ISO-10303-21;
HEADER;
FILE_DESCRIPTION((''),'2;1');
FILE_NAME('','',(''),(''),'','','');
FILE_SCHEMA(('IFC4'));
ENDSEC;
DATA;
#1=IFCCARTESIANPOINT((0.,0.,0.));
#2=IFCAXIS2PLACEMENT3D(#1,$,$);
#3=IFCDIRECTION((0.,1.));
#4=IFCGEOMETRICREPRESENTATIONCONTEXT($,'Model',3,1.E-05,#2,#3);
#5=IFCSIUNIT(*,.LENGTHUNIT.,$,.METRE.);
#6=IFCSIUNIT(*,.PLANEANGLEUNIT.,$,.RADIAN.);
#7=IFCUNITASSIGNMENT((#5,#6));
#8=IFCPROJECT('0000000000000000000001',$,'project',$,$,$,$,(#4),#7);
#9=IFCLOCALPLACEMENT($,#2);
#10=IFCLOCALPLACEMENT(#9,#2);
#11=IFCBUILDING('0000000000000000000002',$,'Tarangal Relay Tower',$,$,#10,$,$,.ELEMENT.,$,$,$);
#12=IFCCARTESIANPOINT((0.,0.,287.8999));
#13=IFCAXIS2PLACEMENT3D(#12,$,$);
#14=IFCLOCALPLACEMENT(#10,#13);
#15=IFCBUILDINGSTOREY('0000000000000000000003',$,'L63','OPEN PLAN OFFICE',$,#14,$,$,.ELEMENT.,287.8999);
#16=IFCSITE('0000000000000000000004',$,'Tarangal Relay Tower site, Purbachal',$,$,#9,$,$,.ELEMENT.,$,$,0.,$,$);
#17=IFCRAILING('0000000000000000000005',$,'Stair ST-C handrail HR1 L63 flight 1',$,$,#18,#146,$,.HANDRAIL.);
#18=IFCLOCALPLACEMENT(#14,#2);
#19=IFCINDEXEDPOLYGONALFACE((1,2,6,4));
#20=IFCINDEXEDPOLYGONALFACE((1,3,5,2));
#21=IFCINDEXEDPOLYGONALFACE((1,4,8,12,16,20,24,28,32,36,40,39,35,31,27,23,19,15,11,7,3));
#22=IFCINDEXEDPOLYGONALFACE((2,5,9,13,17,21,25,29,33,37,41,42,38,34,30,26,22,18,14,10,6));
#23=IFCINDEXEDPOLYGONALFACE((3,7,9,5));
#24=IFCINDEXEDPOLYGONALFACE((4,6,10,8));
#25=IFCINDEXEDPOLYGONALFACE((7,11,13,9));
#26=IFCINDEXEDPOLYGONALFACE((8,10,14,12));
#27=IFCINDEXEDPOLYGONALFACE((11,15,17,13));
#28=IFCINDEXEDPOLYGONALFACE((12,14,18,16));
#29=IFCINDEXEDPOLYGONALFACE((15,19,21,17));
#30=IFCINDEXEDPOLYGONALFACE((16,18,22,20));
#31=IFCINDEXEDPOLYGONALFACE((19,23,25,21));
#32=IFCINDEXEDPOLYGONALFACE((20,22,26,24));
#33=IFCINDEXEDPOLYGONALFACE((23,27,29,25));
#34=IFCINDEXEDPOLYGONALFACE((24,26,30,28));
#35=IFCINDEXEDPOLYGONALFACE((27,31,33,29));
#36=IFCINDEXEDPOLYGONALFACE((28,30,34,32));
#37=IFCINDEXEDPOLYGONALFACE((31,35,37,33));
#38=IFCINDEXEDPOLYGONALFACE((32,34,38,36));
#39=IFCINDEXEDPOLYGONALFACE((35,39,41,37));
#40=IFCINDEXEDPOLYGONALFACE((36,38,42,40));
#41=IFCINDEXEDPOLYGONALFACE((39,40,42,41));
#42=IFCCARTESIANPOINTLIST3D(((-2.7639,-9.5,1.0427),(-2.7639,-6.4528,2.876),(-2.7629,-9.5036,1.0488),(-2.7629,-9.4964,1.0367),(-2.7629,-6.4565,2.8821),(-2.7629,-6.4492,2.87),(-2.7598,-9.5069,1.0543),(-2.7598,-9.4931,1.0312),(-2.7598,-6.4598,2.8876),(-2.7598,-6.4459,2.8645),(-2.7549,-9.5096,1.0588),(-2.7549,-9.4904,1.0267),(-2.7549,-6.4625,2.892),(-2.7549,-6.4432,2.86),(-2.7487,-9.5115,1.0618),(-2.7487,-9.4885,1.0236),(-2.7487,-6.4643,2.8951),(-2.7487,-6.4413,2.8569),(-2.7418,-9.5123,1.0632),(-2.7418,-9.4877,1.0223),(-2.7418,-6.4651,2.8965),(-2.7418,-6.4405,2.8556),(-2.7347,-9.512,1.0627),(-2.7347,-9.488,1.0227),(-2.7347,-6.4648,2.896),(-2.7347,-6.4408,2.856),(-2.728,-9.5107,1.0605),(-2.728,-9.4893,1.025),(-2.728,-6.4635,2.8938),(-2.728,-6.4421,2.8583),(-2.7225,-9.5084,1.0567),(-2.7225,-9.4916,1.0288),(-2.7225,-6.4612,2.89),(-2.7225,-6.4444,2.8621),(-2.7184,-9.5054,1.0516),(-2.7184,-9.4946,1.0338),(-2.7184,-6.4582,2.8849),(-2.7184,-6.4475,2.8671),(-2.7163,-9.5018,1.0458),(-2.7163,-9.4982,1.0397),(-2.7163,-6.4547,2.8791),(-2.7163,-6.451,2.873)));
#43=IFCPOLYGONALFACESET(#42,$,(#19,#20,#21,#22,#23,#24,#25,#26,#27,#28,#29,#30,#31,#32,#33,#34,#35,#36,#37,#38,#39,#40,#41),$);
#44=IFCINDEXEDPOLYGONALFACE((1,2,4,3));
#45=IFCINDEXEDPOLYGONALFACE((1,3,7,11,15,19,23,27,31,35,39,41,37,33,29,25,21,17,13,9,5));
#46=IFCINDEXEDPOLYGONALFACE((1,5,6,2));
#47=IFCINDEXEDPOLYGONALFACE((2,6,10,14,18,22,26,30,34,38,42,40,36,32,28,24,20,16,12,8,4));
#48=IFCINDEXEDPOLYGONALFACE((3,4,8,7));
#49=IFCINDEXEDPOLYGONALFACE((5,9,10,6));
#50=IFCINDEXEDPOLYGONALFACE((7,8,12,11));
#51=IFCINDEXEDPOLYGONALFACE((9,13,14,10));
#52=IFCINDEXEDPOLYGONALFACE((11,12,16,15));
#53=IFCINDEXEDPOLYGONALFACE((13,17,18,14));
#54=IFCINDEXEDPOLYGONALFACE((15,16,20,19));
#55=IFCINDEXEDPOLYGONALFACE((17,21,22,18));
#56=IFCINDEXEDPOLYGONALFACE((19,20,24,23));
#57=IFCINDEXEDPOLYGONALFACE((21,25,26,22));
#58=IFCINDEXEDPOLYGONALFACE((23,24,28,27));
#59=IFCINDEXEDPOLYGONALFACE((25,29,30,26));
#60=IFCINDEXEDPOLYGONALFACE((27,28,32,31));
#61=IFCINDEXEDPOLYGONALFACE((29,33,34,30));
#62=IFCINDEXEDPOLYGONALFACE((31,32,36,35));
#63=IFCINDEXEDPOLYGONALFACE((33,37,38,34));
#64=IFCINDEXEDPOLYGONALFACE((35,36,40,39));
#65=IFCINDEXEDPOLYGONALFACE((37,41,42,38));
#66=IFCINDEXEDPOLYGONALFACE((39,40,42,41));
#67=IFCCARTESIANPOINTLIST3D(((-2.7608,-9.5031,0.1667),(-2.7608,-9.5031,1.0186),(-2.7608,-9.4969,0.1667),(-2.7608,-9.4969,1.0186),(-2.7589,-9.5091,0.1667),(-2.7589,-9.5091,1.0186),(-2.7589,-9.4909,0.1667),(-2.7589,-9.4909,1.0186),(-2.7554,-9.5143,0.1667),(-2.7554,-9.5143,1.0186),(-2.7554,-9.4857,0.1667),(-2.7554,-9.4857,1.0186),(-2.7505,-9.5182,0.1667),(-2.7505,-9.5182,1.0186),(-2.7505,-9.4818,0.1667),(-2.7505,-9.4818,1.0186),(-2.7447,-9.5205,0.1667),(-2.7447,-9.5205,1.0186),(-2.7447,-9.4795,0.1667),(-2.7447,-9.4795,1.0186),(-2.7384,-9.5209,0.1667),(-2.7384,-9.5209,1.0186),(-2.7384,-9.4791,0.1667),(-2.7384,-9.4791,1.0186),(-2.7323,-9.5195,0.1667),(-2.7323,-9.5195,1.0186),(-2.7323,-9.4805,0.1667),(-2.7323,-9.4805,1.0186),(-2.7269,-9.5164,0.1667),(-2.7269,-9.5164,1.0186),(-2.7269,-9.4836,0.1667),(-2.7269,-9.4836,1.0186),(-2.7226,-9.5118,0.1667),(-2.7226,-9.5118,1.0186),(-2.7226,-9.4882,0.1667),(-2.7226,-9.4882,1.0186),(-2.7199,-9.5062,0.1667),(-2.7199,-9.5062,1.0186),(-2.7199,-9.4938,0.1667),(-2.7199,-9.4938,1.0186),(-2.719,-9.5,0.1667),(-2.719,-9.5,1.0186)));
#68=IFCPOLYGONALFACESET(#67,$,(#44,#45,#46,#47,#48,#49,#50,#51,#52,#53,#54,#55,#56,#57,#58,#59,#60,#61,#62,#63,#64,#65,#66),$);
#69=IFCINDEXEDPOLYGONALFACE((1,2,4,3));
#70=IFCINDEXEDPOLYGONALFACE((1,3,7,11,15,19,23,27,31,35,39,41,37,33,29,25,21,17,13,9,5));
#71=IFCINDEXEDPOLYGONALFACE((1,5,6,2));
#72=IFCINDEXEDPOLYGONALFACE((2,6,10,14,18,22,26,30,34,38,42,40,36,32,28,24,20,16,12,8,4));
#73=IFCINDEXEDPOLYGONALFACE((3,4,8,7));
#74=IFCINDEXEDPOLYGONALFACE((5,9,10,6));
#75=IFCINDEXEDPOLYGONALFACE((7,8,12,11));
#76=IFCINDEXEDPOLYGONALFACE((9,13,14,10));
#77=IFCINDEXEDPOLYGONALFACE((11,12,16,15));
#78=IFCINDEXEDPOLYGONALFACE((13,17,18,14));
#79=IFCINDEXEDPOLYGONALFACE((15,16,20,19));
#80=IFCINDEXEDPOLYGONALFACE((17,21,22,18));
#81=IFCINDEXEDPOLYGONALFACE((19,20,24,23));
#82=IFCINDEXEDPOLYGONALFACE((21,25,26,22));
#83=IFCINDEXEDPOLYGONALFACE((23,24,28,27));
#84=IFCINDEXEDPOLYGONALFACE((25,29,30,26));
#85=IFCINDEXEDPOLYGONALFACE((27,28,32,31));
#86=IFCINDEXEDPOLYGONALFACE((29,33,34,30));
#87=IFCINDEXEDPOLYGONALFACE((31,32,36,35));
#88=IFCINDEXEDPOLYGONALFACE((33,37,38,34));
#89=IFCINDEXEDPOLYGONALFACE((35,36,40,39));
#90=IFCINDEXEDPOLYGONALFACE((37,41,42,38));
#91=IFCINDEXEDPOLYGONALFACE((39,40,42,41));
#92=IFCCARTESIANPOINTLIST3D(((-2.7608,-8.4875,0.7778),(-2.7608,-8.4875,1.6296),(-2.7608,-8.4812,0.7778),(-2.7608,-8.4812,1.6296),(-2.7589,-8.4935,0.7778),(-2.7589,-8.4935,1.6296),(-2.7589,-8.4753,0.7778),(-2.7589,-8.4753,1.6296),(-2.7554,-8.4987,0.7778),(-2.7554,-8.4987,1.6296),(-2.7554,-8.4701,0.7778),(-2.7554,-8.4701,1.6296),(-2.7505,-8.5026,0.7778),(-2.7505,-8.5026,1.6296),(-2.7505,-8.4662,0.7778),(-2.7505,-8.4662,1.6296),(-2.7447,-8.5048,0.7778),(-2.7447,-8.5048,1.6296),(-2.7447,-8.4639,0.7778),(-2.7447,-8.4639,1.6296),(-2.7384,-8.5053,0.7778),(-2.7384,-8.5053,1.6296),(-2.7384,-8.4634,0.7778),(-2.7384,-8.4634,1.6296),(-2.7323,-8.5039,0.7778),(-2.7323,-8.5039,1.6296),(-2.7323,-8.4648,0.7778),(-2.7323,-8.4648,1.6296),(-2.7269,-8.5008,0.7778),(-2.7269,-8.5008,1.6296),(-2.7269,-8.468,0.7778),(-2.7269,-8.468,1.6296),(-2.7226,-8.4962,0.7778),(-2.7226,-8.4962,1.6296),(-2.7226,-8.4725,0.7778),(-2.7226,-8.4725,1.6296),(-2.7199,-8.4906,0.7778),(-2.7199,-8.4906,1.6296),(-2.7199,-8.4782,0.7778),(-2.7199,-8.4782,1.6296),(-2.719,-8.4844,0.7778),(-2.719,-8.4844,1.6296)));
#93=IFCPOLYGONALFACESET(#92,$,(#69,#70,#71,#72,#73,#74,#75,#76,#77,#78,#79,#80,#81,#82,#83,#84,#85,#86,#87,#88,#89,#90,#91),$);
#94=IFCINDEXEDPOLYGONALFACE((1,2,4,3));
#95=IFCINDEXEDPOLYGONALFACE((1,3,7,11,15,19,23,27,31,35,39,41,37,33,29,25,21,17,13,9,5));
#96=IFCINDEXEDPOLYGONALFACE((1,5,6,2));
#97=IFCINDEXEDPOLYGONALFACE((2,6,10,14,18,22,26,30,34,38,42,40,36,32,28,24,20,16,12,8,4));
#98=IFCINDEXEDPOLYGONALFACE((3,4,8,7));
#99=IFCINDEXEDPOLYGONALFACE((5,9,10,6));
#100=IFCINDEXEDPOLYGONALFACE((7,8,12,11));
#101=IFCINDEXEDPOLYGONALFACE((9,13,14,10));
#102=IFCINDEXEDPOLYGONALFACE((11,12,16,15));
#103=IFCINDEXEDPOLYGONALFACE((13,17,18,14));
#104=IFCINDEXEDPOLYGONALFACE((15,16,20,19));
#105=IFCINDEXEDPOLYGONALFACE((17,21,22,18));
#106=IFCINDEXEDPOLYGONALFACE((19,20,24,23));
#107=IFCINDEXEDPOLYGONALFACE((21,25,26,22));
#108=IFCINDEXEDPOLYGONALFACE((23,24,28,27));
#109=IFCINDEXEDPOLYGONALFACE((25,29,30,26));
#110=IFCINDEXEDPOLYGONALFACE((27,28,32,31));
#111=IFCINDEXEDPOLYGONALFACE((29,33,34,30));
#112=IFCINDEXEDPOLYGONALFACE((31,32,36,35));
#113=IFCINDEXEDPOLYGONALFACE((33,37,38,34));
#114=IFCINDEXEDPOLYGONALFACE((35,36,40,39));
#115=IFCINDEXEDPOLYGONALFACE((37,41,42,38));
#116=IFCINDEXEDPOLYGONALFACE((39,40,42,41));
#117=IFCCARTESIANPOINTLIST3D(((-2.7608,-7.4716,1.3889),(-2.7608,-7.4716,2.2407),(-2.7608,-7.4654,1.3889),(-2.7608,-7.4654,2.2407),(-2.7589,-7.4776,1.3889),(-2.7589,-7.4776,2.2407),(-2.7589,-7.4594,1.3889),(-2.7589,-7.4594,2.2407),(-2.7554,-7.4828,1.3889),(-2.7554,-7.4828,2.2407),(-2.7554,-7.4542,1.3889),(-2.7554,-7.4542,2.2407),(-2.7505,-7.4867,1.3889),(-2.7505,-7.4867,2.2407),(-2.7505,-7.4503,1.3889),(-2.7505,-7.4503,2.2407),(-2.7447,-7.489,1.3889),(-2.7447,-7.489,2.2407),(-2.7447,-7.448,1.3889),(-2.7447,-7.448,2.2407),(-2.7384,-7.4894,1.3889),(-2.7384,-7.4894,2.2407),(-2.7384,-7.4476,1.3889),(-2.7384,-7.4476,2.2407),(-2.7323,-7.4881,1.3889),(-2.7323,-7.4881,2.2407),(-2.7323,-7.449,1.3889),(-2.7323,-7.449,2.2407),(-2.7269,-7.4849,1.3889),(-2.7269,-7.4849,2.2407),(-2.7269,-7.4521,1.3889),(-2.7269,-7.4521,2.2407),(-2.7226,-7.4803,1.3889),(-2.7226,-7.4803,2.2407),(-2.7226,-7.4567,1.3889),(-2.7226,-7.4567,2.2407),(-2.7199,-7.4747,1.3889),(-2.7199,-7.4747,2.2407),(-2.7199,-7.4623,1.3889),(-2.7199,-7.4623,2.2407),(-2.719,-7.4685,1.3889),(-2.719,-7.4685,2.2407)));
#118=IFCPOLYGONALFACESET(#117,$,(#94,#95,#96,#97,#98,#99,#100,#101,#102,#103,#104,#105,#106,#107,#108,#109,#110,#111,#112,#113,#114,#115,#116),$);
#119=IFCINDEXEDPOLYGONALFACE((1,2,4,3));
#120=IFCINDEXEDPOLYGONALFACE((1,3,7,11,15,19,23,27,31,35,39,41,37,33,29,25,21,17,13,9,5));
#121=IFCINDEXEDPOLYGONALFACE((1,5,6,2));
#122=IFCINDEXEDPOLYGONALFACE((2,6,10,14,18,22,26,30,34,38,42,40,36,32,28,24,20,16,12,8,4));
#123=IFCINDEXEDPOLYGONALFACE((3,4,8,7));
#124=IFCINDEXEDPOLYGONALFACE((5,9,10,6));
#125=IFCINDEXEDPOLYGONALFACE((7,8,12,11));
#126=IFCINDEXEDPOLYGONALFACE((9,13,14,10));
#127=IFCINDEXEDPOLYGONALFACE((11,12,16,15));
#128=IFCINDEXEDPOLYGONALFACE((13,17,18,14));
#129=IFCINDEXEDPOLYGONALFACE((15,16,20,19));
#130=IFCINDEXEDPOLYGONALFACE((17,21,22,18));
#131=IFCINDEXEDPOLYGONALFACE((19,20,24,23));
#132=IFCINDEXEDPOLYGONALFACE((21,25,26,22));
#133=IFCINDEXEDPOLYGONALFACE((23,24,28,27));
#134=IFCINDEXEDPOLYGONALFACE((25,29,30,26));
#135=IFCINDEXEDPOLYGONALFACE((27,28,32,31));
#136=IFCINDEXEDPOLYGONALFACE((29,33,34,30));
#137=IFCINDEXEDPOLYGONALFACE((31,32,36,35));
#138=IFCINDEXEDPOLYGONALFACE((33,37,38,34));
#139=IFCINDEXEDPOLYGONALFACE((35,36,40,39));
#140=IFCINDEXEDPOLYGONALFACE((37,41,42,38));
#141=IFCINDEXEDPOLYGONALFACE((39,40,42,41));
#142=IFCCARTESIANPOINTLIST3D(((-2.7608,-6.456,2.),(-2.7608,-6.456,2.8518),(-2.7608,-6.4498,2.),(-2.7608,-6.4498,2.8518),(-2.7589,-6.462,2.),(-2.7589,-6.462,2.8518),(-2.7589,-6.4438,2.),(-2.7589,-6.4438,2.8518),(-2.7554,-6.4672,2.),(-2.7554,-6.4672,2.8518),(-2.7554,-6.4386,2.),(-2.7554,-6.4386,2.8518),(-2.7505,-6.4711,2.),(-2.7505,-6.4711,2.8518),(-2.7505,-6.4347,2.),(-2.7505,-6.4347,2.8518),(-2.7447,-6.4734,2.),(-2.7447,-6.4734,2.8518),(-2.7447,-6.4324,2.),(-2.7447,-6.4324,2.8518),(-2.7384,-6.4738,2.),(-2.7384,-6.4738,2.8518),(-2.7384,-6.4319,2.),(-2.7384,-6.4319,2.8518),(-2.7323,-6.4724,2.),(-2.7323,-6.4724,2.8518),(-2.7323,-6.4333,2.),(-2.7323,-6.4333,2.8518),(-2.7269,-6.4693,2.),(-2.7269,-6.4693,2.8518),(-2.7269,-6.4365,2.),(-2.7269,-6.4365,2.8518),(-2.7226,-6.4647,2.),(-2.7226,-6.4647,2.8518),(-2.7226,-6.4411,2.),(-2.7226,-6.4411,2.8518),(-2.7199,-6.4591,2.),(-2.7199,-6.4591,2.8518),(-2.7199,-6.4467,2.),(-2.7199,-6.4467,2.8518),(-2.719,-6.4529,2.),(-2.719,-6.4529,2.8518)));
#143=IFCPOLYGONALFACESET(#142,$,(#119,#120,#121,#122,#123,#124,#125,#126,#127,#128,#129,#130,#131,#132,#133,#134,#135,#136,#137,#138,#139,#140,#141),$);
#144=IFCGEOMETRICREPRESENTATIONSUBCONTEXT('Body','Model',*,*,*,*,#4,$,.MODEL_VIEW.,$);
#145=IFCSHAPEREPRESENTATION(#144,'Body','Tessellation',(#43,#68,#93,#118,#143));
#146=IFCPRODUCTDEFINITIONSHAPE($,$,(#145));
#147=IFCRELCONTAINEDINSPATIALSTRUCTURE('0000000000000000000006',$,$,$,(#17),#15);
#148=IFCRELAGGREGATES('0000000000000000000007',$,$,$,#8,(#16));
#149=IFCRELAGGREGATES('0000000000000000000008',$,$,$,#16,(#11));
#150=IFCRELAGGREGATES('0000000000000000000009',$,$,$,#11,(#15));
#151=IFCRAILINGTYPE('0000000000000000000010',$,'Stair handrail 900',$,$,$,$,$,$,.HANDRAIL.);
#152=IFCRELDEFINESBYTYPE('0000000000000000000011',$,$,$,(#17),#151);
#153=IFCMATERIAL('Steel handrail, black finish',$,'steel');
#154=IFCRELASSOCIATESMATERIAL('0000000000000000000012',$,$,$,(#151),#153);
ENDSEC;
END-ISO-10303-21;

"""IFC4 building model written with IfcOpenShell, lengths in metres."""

from ifc_helpers import new_model, si_unit, direction, frame, origin, origin_2d, place, context, subcontext, project, spatial, circle, extrude, material, type_object, element, save


model = new_model("IFC4")

# Units and contexts
model_context = context("Model", 3, precision=1e-05, world=origin(), true_north=direction((0.0, 1.0)))
body_context = subcontext(model_context, "Body", "Model", "MODEL_VIEW")
ifc_project = project(units=[si_unit("LENGTHUNIT", "METRE"), si_unit("PLANEANGLEUNIT", "RADIAN")], contexts=[model_context])

# Site, building, storey
site_placement = place(None, origin())
site = spatial("IfcSite", under=ifc_project, at=site_placement, Name="Tarangal Relay Tower site, Purbachal", CompositionType="ELEMENT", RefElevation=0.0)
building_placement = place(site_placement, origin())
building = spatial("IfcBuilding", under=site, at=building_placement, Name="Tarangal Relay Tower", CompositionType="ELEMENT")
storey_placement = place(building_placement, frame((0.0, 0.0, 287.8999)))
storey = spatial("IfcBuildingStorey", under=building, at=storey_placement, Name="L63", Description="OPEN PLAN OFFICE", CompositionType="ELEMENT", Elevation=287.8999)

# Railing
ifc_material_1 = material(Name="Steel handrail, black finish", Category="steel")
railing_type_1 = type_object("IfcRailingType", Name="Stair handrail 900", PredefinedType="HANDRAIL", material=ifc_material_1)
railing_1_placement = place(storey_placement, frame((-2.74, -9.5, 0.1667)))
element("IfcRailing", 1, at=railing_1_placement, inside=storey, type_object=railing_type_1, Name="Stair ST-C handrail HR1 L63 flight 1", PredefinedType="HANDRAIL", context=body_context, shape_type="SweptSolid", body=[
    extrude(circle(Radius=0.0239, at=origin_2d()), frame((0.0, 0.0, 0.876), z_axis=(0.0, 0.856874, 0.515525), x_axis=(-1.0, 0.0, 0.0)), (0.0, 0.0, 1.0), 3.5562),
    extrude(circle(Radius=0.021, at=origin_2d()), origin(), (0.0, 0.0, 1.0), 0.8518),
    extrude(circle(Radius=0.021, at=origin_2d()), frame((0.0, 1.0156, 0.6111)), (0.0, 0.0, 1.0), 0.8518),
    extrude(circle(Radius=0.021, at=origin_2d()), frame((0.0, 2.0315, 1.2222)), (0.0, 0.0, 1.0), 0.8518),
    extrude(circle(Radius=0.021, at=origin_2d()), frame((0.0, 3.0471, 1.8333)), (0.0, 0.0, 1.0), 0.8518),
])

save(model, "model.ifc")
